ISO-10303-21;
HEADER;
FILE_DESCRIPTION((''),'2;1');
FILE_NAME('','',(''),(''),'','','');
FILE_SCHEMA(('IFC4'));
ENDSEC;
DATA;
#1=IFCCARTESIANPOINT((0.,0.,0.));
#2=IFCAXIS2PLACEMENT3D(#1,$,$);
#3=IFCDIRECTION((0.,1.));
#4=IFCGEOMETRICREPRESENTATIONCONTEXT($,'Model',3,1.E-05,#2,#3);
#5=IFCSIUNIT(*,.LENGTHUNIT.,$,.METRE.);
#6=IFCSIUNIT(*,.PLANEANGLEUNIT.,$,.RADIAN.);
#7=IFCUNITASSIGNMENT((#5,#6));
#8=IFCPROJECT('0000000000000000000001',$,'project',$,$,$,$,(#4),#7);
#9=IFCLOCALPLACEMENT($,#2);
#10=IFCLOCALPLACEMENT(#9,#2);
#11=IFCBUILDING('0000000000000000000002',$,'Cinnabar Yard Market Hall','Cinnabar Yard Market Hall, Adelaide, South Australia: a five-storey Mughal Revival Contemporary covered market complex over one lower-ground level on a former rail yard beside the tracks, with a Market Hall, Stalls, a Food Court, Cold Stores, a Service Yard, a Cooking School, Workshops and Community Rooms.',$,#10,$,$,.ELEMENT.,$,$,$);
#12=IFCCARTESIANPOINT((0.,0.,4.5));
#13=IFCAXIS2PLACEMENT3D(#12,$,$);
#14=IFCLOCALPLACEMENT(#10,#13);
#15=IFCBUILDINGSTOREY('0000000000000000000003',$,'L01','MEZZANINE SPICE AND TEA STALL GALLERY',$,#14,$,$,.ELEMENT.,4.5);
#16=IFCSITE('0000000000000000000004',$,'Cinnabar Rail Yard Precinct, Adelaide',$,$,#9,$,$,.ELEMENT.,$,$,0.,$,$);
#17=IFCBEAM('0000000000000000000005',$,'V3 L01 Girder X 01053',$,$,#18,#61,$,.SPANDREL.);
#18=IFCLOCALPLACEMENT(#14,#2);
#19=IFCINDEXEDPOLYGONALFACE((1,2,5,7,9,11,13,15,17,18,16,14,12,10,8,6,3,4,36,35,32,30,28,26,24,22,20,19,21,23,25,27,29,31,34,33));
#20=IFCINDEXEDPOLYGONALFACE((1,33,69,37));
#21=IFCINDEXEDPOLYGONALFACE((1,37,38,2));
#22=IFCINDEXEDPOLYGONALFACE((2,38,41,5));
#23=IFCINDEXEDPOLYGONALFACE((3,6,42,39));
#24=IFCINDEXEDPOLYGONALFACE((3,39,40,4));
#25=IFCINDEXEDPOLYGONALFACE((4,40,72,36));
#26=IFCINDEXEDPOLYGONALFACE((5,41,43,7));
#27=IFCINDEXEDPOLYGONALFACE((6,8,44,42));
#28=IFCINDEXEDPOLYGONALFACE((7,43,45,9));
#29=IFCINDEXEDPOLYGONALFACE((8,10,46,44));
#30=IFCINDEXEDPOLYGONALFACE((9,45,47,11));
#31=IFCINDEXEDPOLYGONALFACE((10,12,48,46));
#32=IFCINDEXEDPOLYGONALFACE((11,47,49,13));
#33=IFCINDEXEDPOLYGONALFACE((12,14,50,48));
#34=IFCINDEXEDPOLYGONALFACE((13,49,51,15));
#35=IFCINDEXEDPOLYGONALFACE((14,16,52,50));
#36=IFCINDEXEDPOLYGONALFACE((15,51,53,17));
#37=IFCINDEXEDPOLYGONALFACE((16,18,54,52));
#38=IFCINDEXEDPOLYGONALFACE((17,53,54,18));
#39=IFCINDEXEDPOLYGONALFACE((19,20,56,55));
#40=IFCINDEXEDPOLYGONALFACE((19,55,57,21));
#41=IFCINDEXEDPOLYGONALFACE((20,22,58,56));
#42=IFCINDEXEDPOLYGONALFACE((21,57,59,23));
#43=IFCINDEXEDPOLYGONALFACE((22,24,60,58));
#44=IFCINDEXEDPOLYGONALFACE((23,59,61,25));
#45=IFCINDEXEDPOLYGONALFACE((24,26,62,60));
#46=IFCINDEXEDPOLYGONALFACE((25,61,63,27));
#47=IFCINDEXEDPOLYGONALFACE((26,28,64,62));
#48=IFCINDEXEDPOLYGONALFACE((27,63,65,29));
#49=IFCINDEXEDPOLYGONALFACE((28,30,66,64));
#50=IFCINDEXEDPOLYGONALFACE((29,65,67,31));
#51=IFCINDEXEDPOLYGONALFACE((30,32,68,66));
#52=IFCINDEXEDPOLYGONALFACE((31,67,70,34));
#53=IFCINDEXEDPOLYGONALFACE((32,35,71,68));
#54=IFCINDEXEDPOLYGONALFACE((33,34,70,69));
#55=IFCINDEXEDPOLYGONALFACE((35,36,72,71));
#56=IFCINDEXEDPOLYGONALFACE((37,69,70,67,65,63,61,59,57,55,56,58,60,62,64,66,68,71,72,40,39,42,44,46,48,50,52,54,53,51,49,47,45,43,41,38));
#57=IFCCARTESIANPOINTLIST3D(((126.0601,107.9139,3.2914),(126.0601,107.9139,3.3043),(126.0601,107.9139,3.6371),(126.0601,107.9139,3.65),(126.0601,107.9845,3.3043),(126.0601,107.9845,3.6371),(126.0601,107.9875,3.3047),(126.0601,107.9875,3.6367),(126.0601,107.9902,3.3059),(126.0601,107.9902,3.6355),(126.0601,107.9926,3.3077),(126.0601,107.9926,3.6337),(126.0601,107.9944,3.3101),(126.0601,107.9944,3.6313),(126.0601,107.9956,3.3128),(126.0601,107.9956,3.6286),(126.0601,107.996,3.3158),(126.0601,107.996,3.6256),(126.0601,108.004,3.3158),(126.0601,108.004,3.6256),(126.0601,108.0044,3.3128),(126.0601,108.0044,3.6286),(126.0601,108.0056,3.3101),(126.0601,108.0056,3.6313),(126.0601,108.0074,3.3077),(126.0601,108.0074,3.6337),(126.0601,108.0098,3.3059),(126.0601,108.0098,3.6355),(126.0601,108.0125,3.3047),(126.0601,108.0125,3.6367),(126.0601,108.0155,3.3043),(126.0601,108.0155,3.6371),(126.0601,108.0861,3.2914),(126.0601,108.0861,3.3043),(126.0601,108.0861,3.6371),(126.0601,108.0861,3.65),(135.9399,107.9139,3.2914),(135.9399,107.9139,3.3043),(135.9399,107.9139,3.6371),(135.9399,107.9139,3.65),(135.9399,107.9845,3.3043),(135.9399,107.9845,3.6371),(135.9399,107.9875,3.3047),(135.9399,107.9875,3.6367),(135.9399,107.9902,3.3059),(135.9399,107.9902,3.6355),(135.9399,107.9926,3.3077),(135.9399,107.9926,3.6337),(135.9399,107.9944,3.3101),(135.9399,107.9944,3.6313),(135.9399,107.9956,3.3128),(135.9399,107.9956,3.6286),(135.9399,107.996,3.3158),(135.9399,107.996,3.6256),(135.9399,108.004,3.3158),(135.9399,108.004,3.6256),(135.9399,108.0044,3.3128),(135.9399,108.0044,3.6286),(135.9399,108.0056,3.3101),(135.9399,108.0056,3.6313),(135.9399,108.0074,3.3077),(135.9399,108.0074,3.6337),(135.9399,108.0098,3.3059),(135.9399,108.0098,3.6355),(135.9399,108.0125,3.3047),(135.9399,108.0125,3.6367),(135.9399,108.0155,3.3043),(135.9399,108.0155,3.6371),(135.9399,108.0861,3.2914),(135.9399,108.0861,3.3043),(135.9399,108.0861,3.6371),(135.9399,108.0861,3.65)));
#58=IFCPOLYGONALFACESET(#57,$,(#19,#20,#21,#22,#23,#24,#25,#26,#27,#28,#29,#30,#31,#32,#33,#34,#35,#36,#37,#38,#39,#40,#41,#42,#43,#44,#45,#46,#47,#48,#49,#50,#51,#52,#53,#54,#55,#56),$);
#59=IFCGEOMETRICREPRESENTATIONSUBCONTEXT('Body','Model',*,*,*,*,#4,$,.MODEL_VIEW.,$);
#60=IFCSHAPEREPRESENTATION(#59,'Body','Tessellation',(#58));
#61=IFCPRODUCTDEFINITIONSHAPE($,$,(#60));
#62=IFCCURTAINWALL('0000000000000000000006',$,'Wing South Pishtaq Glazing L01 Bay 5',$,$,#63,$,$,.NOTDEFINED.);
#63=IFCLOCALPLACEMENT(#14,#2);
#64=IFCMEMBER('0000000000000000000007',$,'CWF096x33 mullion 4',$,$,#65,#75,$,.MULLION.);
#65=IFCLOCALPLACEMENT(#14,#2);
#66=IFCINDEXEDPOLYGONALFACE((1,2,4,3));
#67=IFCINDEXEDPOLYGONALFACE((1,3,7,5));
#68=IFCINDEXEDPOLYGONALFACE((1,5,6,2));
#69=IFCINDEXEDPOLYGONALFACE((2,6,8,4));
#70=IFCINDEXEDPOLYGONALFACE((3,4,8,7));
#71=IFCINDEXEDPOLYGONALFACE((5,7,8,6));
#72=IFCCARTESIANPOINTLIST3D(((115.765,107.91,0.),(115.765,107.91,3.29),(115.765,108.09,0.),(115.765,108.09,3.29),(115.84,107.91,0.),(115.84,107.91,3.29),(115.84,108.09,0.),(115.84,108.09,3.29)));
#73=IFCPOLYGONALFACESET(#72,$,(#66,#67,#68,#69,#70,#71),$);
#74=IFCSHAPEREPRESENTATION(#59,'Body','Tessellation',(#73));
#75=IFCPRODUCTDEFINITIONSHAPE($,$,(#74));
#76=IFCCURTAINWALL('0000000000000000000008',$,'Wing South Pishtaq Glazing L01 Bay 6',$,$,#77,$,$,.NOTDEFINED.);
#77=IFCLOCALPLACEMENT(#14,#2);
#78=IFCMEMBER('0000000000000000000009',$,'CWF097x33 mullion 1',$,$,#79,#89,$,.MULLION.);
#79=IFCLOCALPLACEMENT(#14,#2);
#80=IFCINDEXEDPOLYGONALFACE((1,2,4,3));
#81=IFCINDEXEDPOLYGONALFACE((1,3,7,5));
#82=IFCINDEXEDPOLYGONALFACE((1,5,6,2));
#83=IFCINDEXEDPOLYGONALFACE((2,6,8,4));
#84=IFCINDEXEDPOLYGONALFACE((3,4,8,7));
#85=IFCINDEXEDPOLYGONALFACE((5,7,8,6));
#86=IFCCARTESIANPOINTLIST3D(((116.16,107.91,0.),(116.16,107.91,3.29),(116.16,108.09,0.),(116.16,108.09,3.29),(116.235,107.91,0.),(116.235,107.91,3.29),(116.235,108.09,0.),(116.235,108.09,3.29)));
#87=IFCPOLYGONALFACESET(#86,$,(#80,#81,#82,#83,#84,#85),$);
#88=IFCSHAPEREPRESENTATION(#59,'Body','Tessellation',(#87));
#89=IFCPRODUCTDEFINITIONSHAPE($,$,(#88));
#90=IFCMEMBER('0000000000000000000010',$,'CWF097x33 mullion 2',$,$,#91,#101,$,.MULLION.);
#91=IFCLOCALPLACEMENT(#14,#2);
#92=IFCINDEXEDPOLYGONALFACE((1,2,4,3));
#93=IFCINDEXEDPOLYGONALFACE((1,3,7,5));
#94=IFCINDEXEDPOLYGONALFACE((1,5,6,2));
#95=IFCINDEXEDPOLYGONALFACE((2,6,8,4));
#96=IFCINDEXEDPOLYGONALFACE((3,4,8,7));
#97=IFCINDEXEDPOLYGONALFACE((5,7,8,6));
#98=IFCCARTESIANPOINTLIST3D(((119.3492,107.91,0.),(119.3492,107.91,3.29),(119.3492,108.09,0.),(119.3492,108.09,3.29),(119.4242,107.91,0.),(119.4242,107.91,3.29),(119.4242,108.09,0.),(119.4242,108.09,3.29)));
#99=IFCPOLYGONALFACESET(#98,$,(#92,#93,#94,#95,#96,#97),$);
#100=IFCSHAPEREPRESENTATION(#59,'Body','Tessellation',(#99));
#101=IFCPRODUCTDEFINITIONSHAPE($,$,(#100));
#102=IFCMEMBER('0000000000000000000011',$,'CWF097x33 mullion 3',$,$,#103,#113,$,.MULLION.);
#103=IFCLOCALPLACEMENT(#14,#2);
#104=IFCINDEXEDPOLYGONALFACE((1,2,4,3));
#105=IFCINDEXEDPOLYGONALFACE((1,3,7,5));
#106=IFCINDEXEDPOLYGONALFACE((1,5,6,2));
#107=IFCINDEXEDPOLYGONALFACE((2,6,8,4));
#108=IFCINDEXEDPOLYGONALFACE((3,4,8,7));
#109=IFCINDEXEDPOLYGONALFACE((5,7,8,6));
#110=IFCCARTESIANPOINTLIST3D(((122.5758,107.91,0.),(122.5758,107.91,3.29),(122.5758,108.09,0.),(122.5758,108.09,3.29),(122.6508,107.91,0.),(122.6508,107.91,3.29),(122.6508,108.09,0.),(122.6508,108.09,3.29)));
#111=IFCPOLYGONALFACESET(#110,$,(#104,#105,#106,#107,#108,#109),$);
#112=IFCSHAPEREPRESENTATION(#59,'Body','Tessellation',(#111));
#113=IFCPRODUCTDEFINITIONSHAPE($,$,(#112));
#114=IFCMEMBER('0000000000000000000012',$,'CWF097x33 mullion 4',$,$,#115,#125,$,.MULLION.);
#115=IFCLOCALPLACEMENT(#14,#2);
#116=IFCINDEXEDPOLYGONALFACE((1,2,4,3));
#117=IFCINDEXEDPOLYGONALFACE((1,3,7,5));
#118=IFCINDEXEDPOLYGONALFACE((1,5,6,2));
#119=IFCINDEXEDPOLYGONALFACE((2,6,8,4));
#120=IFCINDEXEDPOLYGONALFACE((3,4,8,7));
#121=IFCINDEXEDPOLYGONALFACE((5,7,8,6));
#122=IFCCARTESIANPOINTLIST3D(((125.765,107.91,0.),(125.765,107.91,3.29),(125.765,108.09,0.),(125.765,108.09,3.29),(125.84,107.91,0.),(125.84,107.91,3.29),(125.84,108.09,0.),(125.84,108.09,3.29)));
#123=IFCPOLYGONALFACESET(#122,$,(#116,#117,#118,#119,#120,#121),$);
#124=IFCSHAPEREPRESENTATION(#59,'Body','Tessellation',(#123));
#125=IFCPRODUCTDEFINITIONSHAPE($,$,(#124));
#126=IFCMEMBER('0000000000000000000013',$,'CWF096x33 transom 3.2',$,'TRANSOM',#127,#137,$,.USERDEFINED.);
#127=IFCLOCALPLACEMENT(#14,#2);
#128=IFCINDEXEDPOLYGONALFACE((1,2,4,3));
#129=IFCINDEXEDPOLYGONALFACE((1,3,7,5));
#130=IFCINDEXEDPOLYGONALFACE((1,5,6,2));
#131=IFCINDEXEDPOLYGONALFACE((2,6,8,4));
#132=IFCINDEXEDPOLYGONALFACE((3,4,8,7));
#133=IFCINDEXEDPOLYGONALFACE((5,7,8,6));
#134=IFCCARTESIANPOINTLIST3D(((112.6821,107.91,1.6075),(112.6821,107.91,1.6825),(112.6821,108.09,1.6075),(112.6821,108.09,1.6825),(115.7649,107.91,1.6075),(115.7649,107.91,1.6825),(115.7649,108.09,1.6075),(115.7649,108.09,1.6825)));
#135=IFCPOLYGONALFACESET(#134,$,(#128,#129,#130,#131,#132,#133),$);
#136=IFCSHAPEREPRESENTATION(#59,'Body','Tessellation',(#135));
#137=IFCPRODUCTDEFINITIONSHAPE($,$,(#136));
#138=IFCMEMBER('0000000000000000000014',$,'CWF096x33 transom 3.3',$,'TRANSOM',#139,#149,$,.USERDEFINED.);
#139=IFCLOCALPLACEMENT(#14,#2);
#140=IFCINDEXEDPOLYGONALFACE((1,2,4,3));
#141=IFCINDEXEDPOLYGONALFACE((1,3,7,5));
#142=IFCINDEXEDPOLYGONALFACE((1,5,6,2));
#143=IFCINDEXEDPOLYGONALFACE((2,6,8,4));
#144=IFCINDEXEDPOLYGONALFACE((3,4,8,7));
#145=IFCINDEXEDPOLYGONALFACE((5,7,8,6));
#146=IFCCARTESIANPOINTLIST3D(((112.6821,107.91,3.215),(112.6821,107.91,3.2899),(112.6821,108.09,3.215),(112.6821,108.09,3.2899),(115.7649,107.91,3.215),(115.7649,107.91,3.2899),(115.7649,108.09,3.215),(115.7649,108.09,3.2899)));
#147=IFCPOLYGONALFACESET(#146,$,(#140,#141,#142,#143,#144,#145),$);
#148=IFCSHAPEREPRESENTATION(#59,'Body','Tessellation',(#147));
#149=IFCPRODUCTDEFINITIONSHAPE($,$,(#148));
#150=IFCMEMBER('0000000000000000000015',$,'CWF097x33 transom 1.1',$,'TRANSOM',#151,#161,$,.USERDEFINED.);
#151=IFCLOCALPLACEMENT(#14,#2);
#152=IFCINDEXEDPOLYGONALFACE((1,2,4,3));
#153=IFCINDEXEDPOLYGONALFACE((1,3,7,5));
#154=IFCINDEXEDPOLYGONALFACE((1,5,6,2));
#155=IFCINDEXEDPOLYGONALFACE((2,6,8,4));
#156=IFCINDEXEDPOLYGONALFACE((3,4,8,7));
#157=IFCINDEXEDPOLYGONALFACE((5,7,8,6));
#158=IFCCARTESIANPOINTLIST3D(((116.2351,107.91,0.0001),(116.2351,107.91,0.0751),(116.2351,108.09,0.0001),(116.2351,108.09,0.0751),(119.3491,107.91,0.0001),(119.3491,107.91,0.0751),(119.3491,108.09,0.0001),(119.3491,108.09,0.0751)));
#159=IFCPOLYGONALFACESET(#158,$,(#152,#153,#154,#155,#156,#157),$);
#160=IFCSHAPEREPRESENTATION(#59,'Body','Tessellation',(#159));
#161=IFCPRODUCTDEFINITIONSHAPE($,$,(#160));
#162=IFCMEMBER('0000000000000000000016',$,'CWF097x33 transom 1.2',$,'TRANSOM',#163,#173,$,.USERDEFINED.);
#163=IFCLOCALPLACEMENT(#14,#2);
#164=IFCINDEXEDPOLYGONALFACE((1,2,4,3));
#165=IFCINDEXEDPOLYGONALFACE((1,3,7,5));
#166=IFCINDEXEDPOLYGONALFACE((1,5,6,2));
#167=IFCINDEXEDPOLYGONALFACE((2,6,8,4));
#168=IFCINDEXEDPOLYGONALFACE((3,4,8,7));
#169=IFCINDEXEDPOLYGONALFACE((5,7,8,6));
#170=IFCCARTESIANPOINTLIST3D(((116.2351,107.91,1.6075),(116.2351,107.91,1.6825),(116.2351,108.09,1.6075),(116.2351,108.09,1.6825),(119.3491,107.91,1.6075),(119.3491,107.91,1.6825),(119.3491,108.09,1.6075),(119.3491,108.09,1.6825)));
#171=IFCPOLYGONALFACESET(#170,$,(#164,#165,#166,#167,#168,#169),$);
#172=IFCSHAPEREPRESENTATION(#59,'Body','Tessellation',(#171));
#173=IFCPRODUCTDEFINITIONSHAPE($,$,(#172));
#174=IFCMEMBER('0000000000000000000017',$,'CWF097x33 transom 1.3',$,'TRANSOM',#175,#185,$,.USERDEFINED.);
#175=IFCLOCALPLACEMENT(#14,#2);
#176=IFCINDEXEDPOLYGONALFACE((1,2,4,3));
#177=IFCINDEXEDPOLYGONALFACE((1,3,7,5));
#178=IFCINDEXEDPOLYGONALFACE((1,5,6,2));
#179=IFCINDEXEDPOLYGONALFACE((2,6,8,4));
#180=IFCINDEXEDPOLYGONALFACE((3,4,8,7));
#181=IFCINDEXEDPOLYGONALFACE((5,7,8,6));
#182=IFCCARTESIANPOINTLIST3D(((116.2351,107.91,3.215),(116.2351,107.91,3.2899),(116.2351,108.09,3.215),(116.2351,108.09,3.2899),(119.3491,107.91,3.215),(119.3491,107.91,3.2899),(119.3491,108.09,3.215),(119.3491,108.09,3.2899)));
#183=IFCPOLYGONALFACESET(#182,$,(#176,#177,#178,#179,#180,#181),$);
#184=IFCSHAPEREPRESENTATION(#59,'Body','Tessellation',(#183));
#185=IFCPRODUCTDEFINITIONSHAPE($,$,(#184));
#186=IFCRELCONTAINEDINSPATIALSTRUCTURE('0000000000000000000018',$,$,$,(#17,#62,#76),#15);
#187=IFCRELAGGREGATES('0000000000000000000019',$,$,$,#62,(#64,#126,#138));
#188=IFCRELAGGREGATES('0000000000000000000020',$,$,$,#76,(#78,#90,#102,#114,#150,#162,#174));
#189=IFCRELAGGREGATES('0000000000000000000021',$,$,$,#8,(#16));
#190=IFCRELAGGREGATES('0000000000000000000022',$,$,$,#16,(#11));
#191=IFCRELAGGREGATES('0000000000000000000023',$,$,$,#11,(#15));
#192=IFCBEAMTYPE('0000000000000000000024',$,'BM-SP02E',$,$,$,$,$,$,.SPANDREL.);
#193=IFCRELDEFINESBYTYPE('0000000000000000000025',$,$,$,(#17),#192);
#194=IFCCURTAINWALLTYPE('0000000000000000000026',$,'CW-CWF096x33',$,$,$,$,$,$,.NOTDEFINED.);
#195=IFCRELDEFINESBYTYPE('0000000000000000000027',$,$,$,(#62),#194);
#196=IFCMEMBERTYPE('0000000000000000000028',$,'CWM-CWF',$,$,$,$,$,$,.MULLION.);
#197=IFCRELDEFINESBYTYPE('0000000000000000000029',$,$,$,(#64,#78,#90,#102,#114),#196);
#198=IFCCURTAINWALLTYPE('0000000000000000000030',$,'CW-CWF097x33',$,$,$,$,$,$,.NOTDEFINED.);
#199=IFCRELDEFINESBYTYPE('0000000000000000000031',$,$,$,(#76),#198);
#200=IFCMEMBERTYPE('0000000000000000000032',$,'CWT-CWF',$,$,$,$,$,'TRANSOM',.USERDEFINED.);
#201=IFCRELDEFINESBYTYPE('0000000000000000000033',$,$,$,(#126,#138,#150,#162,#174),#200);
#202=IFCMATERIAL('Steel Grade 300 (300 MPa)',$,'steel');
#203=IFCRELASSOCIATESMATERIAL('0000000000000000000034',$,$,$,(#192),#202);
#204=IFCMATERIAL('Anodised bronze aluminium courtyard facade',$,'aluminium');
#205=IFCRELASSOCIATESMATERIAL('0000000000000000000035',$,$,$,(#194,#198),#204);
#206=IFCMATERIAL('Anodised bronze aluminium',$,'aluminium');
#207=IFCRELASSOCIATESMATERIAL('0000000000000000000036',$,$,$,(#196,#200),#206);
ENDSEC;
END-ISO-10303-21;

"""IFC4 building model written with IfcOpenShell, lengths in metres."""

from ifc_helpers import new_model, si_unit, direction, frame, origin, origin_2d_with_axis, place, context, subcontext, project, spatial, rectangle, i_section, extrude, material, material_profile, profile_set, type_object, element, aggregate, save


model = new_model("IFC4")

# Units and contexts
model_context = context("Model", 3, precision=1e-05, world=origin(), true_north=direction((0.0, 1.0)))
body_context = subcontext(model_context, "Body", "Model", "MODEL_VIEW")
ifc_project = project(units=[si_unit("LENGTHUNIT", "METRE"), si_unit("PLANEANGLEUNIT", "RADIAN")], contexts=[model_context])

# Site, building, storey
site_placement = place(None, origin())
site = spatial("IfcSite", under=ifc_project, at=site_placement, Name="Cinnabar Rail Yard Precinct, Adelaide", CompositionType="ELEMENT", RefElevation=0.0)
building_placement = place(site_placement, origin())
building = spatial("IfcBuilding", under=site, at=building_placement, Name="Cinnabar Yard Market Hall", Description="Cinnabar Yard Market Hall, Adelaide, South Australia: a five-storey Mughal Revival Contemporary covered market complex over one lower-ground level on a former rail yard beside the tracks, with a Market Hall, Stalls, a Food Court, Cold Stores, a Service Yard, a Cooking School, Workshops and Community Rooms.", CompositionType="ELEMENT")
storey_placement = place(building_placement, frame((0.0, 0.0, 4.5)))
storey = spatial("IfcBuildingStorey", under=building, at=storey_placement, Name="L01", Description="MEZZANINE SPICE AND TEA STALL GALLERY", CompositionType="ELEMENT", Elevation=4.5)

# Shared definitions
ifc_material_1 = material(Name="Steel Grade 300 (300 MPa)", Category="steel")

# Beam
ifc_material_profile_1 = material_profile(ifc_material_1, i_section(OverallWidth=0.1721, OverallDepth=0.3586, WebThickness=0.0081, FlangeThickness=0.0129, FilletRadius=0.0115, at=origin_2d_with_axis()), Name="360UB56.7")
ifc_profile_set_1 = profile_set([ifc_material_profile_1], Name="Steel Grade 300 (300 MPa)")
beam_type_1 = type_object("IfcBeamType", Name="BM-SP02E", PredefinedType="SPANDREL", material=ifc_profile_set_1)
for number, where, z_axis, x_axis, name in (
    (1, (126.0601, 108.0, 3.4707), (1.0, 0.0, 0.0), (0.0, 1.0, 0.0), "V3 L01 Girder X 01053"),
):
    element("IfcBeam", number, at=place(storey_placement, frame(where, z_axis=z_axis, x_axis=x_axis)), inside=storey, type_object=beam_type_1, Name=name, PredefinedType="SPANDREL", context=body_context, shape_type="SweptSolid", body=[
        extrude(i_section(OverallWidth=0.1721, OverallDepth=0.3586, WebThickness=0.0081, FlangeThickness=0.0129, FilletRadius=0.0115, at=origin_2d_with_axis()), origin(), (0.0, 0.0, 1.0), 9.8799),
    ])

# Curtain wall, member
ifc_material_2 = material(Name="Anodised bronze aluminium courtyard facade", Category="aluminium")
curtain_wall_type_1 = type_object("IfcCurtainWallType", Name="CW-CWF096x33", PredefinedType="NOTDEFINED", material=ifc_material_2)
curtain_wall_1_placement = place(storey_placement, origin())
curtain_wall_1 = element("IfcCurtainWall", 2, at=curtain_wall_1_placement, inside=storey, type_object=curtain_wall_type_1, Name="Wing South Pishtaq Glazing L01 Bay 5", PredefinedType="NOTDEFINED")
ifc_material_3 = material(Name="Anodised bronze aluminium", Category="aluminium")
ifc_material_profile_2 = material_profile(ifc_material_3, rectangle(XDim=0.1799, YDim=0.075, at=origin_2d_with_axis()), Name="MUL-CWF")
ifc_profile_set_2 = profile_set([ifc_material_profile_2], Name="Anodised bronze aluminium")
member_type_1 = type_object("IfcMemberType", Name="CWM-CWF", PredefinedType="MULLION", material=ifc_profile_set_2)
member_1_placement = place(storey_placement, frame((115.8025, 108.0, 0.0), z_axis=(0.0, 0.0, 1.0), x_axis=(0.0, 1.0, 0.0)))
member_1 = element("IfcMember", 3, at=member_1_placement, type_object=member_type_1, Name="CWF096x33 mullion 4", PredefinedType="MULLION", context=body_context, shape_type="SweptSolid", body=[
    extrude(rectangle(XDim=0.1799, YDim=0.075, at=origin_2d_with_axis()), origin(), (0.0, 0.0, 1.0), 3.29),
])

# Curtain wall, members
curtain_wall_type_2 = type_object("IfcCurtainWallType", Name="CW-CWF097x33", PredefinedType="NOTDEFINED", material=ifc_material_2)
curtain_wall_2_placement = place(storey_placement, origin())
curtain_wall_2 = element("IfcCurtainWall", 4, at=curtain_wall_2_placement, inside=storey, type_object=curtain_wall_type_2, Name="Wing South Pishtaq Glazing L01 Bay 6", PredefinedType="NOTDEFINED")
member_2_placement = place(storey_placement, frame((116.1975, 108.0, 0.0), z_axis=(0.0, 0.0, 1.0), x_axis=(0.0, 1.0, 0.0)))
member_2 = element("IfcMember", 5, at=member_2_placement, type_object=member_type_1, Name="CWF097x33 mullion 1", PredefinedType="MULLION", context=body_context, shape_type="SweptSolid", body=[
    extrude(rectangle(XDim=0.1799, YDim=0.075, at=origin_2d_with_axis()), origin(), (0.0, 0.0, 1.0), 3.29),
])
member_3_placement = place(storey_placement, frame((119.3867, 108.0, 0.0), z_axis=(0.0, 0.0, 1.0), x_axis=(0.0, 1.0, 0.0)))
member_3 = element("IfcMember", 6, at=member_3_placement, type_object=member_type_1, Name="CWF097x33 mullion 2", PredefinedType="MULLION", context=body_context, shape_type="SweptSolid", body=[
    extrude(rectangle(XDim=0.1799, YDim=0.075, at=origin_2d_with_axis()), origin(), (0.0, 0.0, 1.0), 3.29),
])
member_4_placement = place(storey_placement, frame((122.6133, 108.0, 0.0), z_axis=(0.0, 0.0, 1.0), x_axis=(0.0, 1.0, 0.0)))
member_4 = element("IfcMember", 7, at=member_4_placement, type_object=member_type_1, Name="CWF097x33 mullion 3", PredefinedType="MULLION", context=body_context, shape_type="SweptSolid", body=[
    extrude(rectangle(XDim=0.1799, YDim=0.075, at=origin_2d_with_axis()), origin(), (0.0, 0.0, 1.0), 3.29),
])
member_5_placement = place(storey_placement, frame((125.8025, 108.0, 0.0), z_axis=(0.0, 0.0, 1.0), x_axis=(0.0, 1.0, 0.0)))
member_5 = element("IfcMember", 8, at=member_5_placement, type_object=member_type_1, Name="CWF097x33 mullion 4", PredefinedType="MULLION", context=body_context, shape_type="SweptSolid", body=[
    extrude(rectangle(XDim=0.1799, YDim=0.075, at=origin_2d_with_axis()), origin(), (0.0, 0.0, 1.0), 3.29),
])

# Members
ifc_material_profile_3 = material_profile(ifc_material_3, rectangle(XDim=0.1799, YDim=0.075, at=origin_2d_with_axis()), Name="TRN-CWF")
ifc_profile_set_3 = profile_set([ifc_material_profile_3], Name="Anodised bronze aluminium")
member_type_2 = type_object("IfcMemberType", Name="CWT-CWF", ElementType="TRANSOM", PredefinedType="USERDEFINED", material=ifc_profile_set_3)
member_6_placement = place(storey_placement, frame((112.6821, 108.0, 1.645), z_axis=(1.0, 0.0, 0.0), x_axis=(0.0, 1.0, 0.0)))
member_6 = element("IfcMember", 9, at=member_6_placement, type_object=member_type_2, Name="CWF096x33 transom 3.2", ObjectType="TRANSOM", PredefinedType="USERDEFINED", context=body_context, shape_type="SweptSolid", body=[
    extrude(rectangle(XDim=0.1799, YDim=0.075, at=origin_2d_with_axis()), origin(), (0.0, 0.0, 1.0), 3.0828),
])
member_7_placement = place(storey_placement, frame((112.6821, 108.0, 3.2524), z_axis=(1.0, 0.0, 0.0), x_axis=(0.0, 1.0, 0.0)))
member_7 = element("IfcMember", 10, at=member_7_placement, type_object=member_type_2, Name="CWF096x33 transom 3.3", ObjectType="TRANSOM", PredefinedType="USERDEFINED", context=body_context, shape_type="SweptSolid", body=[
    extrude(rectangle(XDim=0.1799, YDim=0.075, at=origin_2d_with_axis()), origin(), (0.0, 0.0, 1.0), 3.0828),
])
member_8_placement = place(storey_placement, frame((116.2351, 108.0, 0.0376), z_axis=(1.0, 0.0, 0.0), x_axis=(0.0, 1.0, 0.0)))
member_8 = element("IfcMember", 11, at=member_8_placement, type_object=member_type_2, Name="CWF097x33 transom 1.1", ObjectType="TRANSOM", PredefinedType="USERDEFINED", context=body_context, shape_type="SweptSolid", body=[
    extrude(rectangle(XDim=0.1799, YDim=0.075, at=origin_2d_with_axis()), origin(), (0.0, 0.0, 1.0), 3.114),
])
member_9_placement = place(storey_placement, frame((116.2351, 108.0, 1.645), z_axis=(1.0, 0.0, 0.0), x_axis=(0.0, 1.0, 0.0)))
member_9 = element("IfcMember", 12, at=member_9_placement, type_object=member_type_2, Name="CWF097x33 transom 1.2", ObjectType="TRANSOM", PredefinedType="USERDEFINED", context=body_context, shape_type="SweptSolid", body=[
    extrude(rectangle(XDim=0.1799, YDim=0.075, at=origin_2d_with_axis()), origin(), (0.0, 0.0, 1.0), 3.114),
])
member_10_placement = place(storey_placement, frame((116.2351, 108.0, 3.2524), z_axis=(1.0, 0.0, 0.0), x_axis=(0.0, 1.0, 0.0)))
member_10 = element("IfcMember", 13, at=member_10_placement, type_object=member_type_2, Name="CWF097x33 transom 1.3", ObjectType="TRANSOM", PredefinedType="USERDEFINED", context=body_context, shape_type="SweptSolid", body=[
    extrude(rectangle(XDim=0.1799, YDim=0.075, at=origin_2d_with_axis()), origin(), (0.0, 0.0, 1.0), 3.114),
])

aggregate(curtain_wall_1, [member_1, member_6, member_7])
aggregate(curtain_wall_2, [member_2, member_3, member_4, member_5, member_8, member_9, member_10])

save(model, "model.ifc")
